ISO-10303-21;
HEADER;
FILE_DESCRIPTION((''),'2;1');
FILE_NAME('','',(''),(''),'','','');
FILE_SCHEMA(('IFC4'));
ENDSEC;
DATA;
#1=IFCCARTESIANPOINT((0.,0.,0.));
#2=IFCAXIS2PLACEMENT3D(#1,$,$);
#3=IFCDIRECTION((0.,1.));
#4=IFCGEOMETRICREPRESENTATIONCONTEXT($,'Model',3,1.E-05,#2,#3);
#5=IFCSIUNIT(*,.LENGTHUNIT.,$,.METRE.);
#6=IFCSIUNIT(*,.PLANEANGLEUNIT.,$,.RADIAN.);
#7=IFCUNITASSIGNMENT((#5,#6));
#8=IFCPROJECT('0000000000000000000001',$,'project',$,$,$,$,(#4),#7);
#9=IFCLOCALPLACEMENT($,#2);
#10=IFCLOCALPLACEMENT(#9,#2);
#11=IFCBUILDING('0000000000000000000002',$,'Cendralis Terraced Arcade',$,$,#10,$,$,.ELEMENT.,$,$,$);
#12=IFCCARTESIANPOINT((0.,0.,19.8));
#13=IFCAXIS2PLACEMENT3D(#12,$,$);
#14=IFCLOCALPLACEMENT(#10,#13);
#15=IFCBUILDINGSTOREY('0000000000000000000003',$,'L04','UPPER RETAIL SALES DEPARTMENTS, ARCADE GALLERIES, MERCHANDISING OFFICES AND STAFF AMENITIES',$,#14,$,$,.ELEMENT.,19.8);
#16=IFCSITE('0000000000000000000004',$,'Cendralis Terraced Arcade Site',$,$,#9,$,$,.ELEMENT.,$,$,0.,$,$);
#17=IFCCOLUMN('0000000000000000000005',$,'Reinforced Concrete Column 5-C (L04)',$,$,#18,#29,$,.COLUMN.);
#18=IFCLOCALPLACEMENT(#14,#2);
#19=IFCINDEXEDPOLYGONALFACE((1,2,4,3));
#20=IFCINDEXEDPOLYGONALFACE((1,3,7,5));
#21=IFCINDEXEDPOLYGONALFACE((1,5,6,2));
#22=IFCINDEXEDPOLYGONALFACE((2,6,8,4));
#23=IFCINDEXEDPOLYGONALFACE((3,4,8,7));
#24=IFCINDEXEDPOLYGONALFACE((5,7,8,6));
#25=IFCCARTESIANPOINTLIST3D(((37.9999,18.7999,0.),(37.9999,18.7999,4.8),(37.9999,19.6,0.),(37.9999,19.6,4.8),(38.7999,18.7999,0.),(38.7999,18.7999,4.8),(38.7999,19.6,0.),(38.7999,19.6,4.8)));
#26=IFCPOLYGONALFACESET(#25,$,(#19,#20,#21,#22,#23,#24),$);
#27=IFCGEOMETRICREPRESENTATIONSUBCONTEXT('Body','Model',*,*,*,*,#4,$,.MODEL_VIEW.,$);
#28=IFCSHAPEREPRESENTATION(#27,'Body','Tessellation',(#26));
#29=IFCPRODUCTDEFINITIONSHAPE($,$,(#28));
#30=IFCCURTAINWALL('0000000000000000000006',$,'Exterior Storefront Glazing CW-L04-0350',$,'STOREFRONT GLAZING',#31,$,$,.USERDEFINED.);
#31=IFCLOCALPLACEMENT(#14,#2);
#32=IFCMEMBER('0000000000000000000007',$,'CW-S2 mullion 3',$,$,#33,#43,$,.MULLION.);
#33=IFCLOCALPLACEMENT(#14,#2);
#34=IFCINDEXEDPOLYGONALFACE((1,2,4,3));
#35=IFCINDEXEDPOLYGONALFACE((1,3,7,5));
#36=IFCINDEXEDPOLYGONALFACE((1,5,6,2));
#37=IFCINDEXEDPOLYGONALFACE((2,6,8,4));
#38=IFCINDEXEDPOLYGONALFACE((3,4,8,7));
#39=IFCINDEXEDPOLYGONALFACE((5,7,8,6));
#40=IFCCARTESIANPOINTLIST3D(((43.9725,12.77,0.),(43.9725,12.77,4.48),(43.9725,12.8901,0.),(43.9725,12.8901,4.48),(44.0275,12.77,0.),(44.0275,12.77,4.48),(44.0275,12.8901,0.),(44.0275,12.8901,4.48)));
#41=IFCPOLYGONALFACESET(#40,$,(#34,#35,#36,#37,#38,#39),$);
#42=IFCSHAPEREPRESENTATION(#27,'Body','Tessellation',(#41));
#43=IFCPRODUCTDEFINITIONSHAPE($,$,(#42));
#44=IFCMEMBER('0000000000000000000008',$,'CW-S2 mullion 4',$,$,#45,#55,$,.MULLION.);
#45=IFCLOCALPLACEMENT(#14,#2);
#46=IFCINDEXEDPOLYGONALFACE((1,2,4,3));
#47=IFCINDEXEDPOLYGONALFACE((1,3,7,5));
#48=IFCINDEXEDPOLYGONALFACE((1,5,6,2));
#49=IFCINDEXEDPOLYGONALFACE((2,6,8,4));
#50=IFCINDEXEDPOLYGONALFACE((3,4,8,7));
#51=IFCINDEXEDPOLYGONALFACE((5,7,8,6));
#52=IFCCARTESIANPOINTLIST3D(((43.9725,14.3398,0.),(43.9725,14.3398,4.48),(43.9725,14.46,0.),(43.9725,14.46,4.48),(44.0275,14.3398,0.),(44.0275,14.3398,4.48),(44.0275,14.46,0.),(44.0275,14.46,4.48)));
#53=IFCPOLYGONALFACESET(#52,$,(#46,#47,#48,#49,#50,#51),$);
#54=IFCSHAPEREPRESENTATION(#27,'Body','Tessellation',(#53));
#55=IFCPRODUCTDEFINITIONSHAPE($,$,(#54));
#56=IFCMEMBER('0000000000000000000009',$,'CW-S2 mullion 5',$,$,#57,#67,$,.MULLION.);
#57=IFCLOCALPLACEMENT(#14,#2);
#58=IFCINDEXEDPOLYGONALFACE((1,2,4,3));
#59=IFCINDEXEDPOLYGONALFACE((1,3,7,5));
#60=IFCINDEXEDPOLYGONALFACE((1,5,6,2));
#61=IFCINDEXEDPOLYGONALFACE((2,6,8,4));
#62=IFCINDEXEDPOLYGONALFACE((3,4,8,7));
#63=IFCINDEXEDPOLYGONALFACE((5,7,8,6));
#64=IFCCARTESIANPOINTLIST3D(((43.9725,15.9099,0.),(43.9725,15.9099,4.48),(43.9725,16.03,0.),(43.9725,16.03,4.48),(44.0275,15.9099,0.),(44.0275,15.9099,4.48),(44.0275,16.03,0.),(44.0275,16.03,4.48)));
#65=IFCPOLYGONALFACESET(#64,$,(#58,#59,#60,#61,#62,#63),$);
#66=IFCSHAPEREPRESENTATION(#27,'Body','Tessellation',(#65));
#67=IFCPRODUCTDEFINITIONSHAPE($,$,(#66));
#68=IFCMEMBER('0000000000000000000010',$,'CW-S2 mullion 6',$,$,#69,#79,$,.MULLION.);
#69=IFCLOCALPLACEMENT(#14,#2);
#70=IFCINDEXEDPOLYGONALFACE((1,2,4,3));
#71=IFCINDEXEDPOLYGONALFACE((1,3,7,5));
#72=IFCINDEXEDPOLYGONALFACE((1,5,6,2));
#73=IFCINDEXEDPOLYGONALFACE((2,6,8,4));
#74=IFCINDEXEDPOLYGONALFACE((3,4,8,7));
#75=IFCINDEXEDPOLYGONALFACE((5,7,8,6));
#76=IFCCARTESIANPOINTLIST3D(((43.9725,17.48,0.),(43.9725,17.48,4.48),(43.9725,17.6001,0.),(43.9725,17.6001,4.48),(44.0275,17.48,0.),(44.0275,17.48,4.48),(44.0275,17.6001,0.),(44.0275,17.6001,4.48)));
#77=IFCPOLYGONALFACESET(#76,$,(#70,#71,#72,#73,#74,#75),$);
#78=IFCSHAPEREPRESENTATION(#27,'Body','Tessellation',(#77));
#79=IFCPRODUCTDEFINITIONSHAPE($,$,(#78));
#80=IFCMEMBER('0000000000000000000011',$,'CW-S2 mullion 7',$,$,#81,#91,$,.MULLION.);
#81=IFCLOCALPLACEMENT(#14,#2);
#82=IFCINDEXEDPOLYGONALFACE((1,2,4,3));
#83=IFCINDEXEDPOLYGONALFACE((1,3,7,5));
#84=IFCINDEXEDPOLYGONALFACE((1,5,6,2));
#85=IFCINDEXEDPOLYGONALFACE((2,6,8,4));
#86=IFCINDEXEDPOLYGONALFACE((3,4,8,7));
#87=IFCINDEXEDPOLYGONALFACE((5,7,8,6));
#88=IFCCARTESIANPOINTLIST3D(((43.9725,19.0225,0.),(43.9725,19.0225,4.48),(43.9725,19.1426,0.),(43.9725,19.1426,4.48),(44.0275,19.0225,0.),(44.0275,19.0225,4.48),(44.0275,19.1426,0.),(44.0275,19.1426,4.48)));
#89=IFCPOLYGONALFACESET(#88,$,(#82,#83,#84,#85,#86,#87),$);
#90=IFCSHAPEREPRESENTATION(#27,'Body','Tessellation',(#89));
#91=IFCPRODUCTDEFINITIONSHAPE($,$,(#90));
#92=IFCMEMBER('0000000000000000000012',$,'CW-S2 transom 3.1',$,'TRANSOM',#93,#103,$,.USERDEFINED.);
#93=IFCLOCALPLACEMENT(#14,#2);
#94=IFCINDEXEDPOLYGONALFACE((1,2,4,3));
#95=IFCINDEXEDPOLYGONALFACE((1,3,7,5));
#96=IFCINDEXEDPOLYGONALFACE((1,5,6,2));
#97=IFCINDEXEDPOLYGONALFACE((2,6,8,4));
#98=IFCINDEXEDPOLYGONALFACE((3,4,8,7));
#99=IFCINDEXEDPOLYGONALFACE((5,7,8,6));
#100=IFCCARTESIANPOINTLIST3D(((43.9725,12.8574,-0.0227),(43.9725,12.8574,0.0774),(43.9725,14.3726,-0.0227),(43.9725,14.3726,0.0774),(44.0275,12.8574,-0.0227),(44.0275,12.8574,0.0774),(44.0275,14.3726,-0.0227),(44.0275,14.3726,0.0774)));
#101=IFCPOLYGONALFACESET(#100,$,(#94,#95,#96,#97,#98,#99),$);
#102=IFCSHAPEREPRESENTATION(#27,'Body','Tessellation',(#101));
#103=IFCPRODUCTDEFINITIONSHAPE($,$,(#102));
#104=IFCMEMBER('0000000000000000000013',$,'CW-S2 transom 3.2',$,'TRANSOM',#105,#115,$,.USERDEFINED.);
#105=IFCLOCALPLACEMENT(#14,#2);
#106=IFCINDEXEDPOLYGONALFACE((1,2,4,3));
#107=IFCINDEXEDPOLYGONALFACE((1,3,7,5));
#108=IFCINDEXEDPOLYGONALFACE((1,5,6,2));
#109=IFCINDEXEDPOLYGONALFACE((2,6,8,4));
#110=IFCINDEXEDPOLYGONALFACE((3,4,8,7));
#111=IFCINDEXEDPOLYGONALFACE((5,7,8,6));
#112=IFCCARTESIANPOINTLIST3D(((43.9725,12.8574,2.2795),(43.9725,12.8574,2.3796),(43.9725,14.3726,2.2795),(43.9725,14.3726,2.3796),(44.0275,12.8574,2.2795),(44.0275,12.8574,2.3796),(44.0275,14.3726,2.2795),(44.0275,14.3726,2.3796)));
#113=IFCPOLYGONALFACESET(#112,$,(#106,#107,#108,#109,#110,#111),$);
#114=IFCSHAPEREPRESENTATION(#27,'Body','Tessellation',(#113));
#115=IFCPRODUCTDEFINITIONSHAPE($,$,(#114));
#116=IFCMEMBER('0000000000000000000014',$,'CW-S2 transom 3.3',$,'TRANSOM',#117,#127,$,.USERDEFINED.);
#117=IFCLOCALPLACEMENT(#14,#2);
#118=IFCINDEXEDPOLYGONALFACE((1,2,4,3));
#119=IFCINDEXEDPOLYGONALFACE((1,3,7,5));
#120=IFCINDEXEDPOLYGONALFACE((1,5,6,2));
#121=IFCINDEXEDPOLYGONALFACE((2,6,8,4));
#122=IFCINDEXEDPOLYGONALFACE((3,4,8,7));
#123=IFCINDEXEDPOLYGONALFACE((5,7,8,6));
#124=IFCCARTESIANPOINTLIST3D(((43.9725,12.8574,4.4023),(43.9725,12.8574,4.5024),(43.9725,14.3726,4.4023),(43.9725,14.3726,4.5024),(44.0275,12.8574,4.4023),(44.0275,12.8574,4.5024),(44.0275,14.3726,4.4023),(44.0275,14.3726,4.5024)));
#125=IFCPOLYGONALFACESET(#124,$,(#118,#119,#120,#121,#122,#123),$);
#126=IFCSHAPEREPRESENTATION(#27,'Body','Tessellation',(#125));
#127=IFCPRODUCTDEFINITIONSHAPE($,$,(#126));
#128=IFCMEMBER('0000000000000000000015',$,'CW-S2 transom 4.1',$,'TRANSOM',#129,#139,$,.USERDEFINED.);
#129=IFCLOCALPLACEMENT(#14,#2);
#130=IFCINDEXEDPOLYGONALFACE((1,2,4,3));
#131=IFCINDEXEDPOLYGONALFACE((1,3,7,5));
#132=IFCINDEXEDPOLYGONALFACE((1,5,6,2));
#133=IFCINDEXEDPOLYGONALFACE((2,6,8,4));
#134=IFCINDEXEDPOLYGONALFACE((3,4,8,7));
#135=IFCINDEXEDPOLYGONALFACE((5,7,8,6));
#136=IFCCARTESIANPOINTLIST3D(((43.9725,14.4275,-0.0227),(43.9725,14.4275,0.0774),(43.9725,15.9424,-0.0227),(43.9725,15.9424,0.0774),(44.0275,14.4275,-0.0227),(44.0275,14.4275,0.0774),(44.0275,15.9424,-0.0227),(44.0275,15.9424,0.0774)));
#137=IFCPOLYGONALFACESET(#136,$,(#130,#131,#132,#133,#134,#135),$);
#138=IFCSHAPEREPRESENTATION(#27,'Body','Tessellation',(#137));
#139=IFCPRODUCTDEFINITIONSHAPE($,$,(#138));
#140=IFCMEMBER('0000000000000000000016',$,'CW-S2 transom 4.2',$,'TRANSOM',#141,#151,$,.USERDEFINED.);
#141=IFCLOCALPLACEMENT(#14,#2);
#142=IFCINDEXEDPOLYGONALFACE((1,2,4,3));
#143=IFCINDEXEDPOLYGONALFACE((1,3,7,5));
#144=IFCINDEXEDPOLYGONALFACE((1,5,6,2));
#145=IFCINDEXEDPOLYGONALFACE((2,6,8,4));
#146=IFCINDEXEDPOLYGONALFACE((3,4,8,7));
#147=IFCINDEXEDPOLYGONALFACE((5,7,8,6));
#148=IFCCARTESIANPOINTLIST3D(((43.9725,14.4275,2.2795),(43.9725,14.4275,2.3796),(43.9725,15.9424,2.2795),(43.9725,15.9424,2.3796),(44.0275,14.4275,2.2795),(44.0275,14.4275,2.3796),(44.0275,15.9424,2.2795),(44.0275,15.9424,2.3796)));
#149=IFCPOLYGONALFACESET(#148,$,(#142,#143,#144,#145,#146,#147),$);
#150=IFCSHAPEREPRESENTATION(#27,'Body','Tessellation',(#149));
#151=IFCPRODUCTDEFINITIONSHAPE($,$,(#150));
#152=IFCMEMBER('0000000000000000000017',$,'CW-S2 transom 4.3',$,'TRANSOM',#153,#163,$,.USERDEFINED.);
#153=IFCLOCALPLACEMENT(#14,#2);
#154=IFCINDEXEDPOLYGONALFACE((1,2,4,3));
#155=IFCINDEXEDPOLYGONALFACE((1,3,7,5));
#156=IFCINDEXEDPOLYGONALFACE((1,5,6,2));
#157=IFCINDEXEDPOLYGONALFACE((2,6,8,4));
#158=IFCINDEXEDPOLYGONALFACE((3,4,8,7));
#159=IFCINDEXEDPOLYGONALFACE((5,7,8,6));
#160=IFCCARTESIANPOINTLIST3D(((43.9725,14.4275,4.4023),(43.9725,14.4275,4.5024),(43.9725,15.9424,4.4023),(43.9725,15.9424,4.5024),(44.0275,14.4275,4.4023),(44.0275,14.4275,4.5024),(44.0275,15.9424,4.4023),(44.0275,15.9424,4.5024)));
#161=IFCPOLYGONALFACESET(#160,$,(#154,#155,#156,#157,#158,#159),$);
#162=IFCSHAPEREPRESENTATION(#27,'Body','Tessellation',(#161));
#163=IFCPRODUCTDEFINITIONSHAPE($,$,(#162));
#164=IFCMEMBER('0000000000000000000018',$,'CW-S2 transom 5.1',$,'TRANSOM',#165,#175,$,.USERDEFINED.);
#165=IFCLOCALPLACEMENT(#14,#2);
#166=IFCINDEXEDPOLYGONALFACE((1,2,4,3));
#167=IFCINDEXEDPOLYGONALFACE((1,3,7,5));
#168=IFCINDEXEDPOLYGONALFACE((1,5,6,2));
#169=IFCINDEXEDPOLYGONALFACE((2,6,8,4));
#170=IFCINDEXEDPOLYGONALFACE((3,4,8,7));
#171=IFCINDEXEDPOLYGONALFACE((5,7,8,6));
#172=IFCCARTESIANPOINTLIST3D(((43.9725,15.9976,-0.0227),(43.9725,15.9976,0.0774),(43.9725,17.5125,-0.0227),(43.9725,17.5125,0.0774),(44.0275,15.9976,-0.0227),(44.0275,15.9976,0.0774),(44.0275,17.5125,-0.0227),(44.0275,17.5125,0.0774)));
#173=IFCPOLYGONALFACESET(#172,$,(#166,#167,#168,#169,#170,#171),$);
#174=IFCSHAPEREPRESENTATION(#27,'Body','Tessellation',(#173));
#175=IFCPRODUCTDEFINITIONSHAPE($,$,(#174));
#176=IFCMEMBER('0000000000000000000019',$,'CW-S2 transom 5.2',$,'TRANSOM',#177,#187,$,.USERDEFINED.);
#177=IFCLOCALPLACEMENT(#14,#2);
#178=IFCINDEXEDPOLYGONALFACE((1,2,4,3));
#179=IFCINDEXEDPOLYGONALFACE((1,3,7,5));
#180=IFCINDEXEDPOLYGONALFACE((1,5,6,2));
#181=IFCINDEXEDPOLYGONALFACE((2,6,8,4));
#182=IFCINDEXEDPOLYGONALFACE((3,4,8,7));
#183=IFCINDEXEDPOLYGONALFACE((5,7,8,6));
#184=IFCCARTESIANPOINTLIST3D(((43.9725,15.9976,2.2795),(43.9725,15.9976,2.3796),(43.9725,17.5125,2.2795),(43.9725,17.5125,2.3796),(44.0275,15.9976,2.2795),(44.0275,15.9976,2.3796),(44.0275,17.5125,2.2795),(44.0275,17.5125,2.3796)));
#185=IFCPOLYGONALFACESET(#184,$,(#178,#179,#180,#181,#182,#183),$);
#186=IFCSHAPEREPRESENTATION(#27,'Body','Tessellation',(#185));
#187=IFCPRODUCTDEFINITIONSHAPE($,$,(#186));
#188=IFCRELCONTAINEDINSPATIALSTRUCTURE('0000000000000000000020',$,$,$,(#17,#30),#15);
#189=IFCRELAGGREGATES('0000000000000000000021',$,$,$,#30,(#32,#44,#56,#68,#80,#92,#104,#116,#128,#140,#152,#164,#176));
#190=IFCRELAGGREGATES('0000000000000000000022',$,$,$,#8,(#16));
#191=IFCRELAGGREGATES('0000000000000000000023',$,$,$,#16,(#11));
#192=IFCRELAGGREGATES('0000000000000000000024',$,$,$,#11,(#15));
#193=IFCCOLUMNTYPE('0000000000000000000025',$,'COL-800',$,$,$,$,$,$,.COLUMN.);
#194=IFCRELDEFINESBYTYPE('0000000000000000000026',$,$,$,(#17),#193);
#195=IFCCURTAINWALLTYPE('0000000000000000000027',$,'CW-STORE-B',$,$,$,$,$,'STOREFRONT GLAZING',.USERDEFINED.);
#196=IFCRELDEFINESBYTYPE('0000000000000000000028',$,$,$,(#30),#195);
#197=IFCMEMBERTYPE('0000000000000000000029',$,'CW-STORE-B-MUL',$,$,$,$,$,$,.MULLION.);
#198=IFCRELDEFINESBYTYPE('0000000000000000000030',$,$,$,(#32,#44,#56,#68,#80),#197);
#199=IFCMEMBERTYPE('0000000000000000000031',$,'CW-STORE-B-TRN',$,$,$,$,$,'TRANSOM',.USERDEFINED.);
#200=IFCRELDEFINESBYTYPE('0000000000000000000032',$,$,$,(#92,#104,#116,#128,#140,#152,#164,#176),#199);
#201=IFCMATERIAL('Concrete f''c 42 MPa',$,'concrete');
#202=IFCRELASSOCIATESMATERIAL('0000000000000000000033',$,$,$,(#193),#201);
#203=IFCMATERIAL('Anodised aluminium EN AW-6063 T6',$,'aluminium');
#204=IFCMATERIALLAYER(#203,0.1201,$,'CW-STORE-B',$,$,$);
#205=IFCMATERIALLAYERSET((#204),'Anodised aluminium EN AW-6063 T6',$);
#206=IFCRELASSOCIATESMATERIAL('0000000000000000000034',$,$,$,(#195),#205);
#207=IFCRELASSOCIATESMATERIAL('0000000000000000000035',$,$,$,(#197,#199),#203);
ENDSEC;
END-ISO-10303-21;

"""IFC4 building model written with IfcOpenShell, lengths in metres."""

from ifc_helpers import new_model, si_unit, direction, frame, origin, origin_2d, place, context, subcontext, project, spatial, rectangle, extrude, material, layer, layer_set, material_profile, profile_set, type_object, element, aggregate, save


model = new_model("IFC4")

# Units and contexts
model_context = context("Model", 3, precision=1e-05, world=origin(), true_north=direction((0.0, 1.0)))
body_context = subcontext(model_context, "Body", "Model", "MODEL_VIEW")
ifc_project = project(units=[si_unit("LENGTHUNIT", "METRE"), si_unit("PLANEANGLEUNIT", "RADIAN")], contexts=[model_context])

# Site, building, storey
site_placement = place(None, origin())
site = spatial("IfcSite", under=ifc_project, at=site_placement, Name="Cendralis Terraced Arcade Site", CompositionType="ELEMENT", RefElevation=0.0)
building_placement = place(site_placement, origin())
building = spatial("IfcBuilding", under=site, at=building_placement, Name="Cendralis Terraced Arcade", CompositionType="ELEMENT")
storey_placement = place(building_placement, frame((0.0, 0.0, 19.8)))
storey = spatial("IfcBuildingStorey", under=building, at=storey_placement, Name="L04", Description="UPPER RETAIL SALES DEPARTMENTS, ARCADE GALLERIES, MERCHANDISING OFFICES AND STAFF AMENITIES", CompositionType="ELEMENT", Elevation=19.8)

# Column
ifc_material_1 = material(Name="Concrete f'c 42 MPa", Category="concrete")
ifc_material_profile_1 = material_profile(ifc_material_1, rectangle(XDim=0.8, YDim=0.8, at=origin_2d()), Name="RC-COL-800x800", Category="LoadBearing")
ifc_profile_set_1 = profile_set([ifc_material_profile_1], Name="Concrete f'c 42 MPa")
column_type = type_object("IfcColumnType", Name="COL-800", PredefinedType="COLUMN", material=ifc_profile_set_1)
column_placement = place(storey_placement, frame((38.3999, 19.2, 0.0), z_axis=(0.0, 0.0, 1.0), x_axis=(1.0, 0.0, 0.0)))
element("IfcColumn", 1, at=column_placement, inside=storey, type_object=column_type, Name="Reinforced Concrete Column 5-C (L04)", PredefinedType="COLUMN", context=body_context, shape_type="SweptSolid", body=[
    extrude(rectangle(XDim=0.8, YDim=0.8, at=origin_2d()), origin(), (0.0, 0.0, 1.0), 4.8),
])

# Curtain wall, members
ifc_material_2 = material(Name="Anodised aluminium EN AW-6063 T6", Category="aluminium")
ifc_layer_1 = layer(ifc_material_2, 0.1201, Name="CW-STORE-B")
ifc_layer_set_1 = layer_set([ifc_layer_1], Name="Anodised aluminium EN AW-6063 T6")
curtain_wall_type = type_object("IfcCurtainWallType", Name="CW-STORE-B", ElementType="STOREFRONT GLAZING", PredefinedType="USERDEFINED", material=ifc_layer_set_1)
curtain_wall_placement = place(storey_placement, origin())
curtain_wall = element("IfcCurtainWall", 2, at=curtain_wall_placement, inside=storey, type_object=curtain_wall_type, Name="Exterior Storefront Glazing CW-L04-0350", ObjectType="STOREFRONT GLAZING", PredefinedType="USERDEFINED")
ifc_material_profile_2 = material_profile(ifc_material_2, rectangle(XDim=0.0549, YDim=0.1201, at=origin_2d()), Name="ALU-MUL-55x120")
ifc_profile_set_2 = profile_set([ifc_material_profile_2], Name="Anodised aluminium EN AW-6063 T6")
member_type_1 = type_object("IfcMemberType", Name="CW-STORE-B-MUL", PredefinedType="MULLION", material=ifc_profile_set_2)
member_1_placement = place(storey_placement, frame((44.0, 12.8301, 0.0), z_axis=(0.0, 0.0, 1.0), x_axis=(-1.0, 0.0, 0.0)))
member_1 = element("IfcMember", 3, at=member_1_placement, type_object=member_type_1, Name="CW-S2 mullion 3", PredefinedType="MULLION", context=body_context, shape_type="SweptSolid", body=[
    extrude(rectangle(XDim=0.0549, YDim=0.1201, at=origin_2d()), origin(), (0.0, 0.0, 1.0), 4.48),
])
member_2_placement = place(storey_placement, frame((44.0, 14.3999, 0.0), z_axis=(0.0, 0.0, 1.0), x_axis=(-1.0, 0.0, 0.0)))
member_2 = element("IfcMember", 4, at=member_2_placement, type_object=member_type_1, Name="CW-S2 mullion 4", PredefinedType="MULLION", context=body_context, shape_type="SweptSolid", body=[
    extrude(rectangle(XDim=0.0549, YDim=0.1201, at=origin_2d()), origin(), (0.0, 0.0, 1.0), 4.48),
])
member_3_placement = place(storey_placement, frame((44.0, 15.97, 0.0), z_axis=(0.0, 0.0, 1.0), x_axis=(-1.0, 0.0, 0.0)))
member_3 = element("IfcMember", 5, at=member_3_placement, type_object=member_type_1, Name="CW-S2 mullion 5", PredefinedType="MULLION", context=body_context, shape_type="SweptSolid", body=[
    extrude(rectangle(XDim=0.0549, YDim=0.1201, at=origin_2d()), origin(), (0.0, 0.0, 1.0), 4.48),
])
member_4_placement = place(storey_placement, frame((44.0, 17.54, 0.0), z_axis=(0.0, 0.0, 1.0), x_axis=(-1.0, 0.0, 0.0)))
member_4 = element("IfcMember", 6, at=member_4_placement, type_object=member_type_1, Name="CW-S2 mullion 6", PredefinedType="MULLION", context=body_context, shape_type="SweptSolid", body=[
    extrude(rectangle(XDim=0.0549, YDim=0.1201, at=origin_2d()), origin(), (0.0, 0.0, 1.0), 4.48),
])
member_5_placement = place(storey_placement, frame((44.0, 19.0825, 0.0), z_axis=(0.0, 0.0, 1.0), x_axis=(-1.0, 0.0, 0.0)))
member_5 = element("IfcMember", 7, at=member_5_placement, type_object=member_type_1, Name="CW-S2 mullion 7", PredefinedType="MULLION", context=body_context, shape_type="SweptSolid", body=[
    extrude(rectangle(XDim=0.0549, YDim=0.1201, at=origin_2d()), origin(), (0.0, 0.0, 1.0), 4.48),
])
ifc_material_profile_3 = material_profile(ifc_material_2, rectangle(XDim=0.0549, YDim=0.1001, at=origin_2d()), Name="ALU-TRN-55x100")
ifc_profile_set_3 = profile_set([ifc_material_profile_3], Name="Anodised aluminium EN AW-6063 T6")
member_type_2 = type_object("IfcMemberType", Name="CW-STORE-B-TRN", ElementType="TRANSOM", PredefinedType="USERDEFINED", material=ifc_profile_set_3)
member_6_placement = place(storey_placement, frame((44.0, 12.8574, 0.0273), z_axis=(0.0, 1.0, 0.0), x_axis=(-1.0, 0.0, 0.0)))
member_6 = element("IfcMember", 8, at=member_6_placement, type_object=member_type_2, Name="CW-S2 transom 3.1", ObjectType="TRANSOM", PredefinedType="USERDEFINED", context=body_context, shape_type="SweptSolid", body=[
    extrude(rectangle(XDim=0.0549, YDim=0.1001, at=origin_2d()), origin(), (0.0, 0.0, 1.0), 1.5151),
])
member_7_placement = place(storey_placement, frame((44.0, 12.8574, 2.3296), z_axis=(0.0, 1.0, 0.0), x_axis=(-1.0, 0.0, 0.0)))
member_7 = element("IfcMember", 9, at=member_7_placement, type_object=member_type_2, Name="CW-S2 transom 3.2", ObjectType="TRANSOM", PredefinedType="USERDEFINED", context=body_context, shape_type="SweptSolid", body=[
    extrude(rectangle(XDim=0.0549, YDim=0.1001, at=origin_2d()), origin(), (0.0, 0.0, 1.0), 1.5151),
])
member_8_placement = place(storey_placement, frame((44.0, 12.8574, 4.4524), z_axis=(0.0, 1.0, 0.0), x_axis=(-1.0, 0.0, 0.0)))
member_8 = element("IfcMember", 10, at=member_8_placement, type_object=member_type_2, Name="CW-S2 transom 3.3", ObjectType="TRANSOM", PredefinedType="USERDEFINED", context=body_context, shape_type="SweptSolid", body=[
    extrude(rectangle(XDim=0.0549, YDim=0.1001, at=origin_2d()), origin(), (0.0, 0.0, 1.0), 1.5151),
])
member_9_placement = place(storey_placement, frame((44.0, 14.4275, 0.0273), z_axis=(0.0, 1.0, 0.0), x_axis=(-1.0, 0.0, 0.0)))
member_9 = element("IfcMember", 11, at=member_9_placement, type_object=member_type_2, Name="CW-S2 transom 4.1", ObjectType="TRANSOM", PredefinedType="USERDEFINED", context=body_context, shape_type="SweptSolid", body=[
    extrude(rectangle(XDim=0.0549, YDim=0.1001, at=origin_2d()), origin(), (0.0, 0.0, 1.0), 1.5149),
])
member_10_placement = place(storey_placement, frame((44.0, 14.4275, 2.3296), z_axis=(0.0, 1.0, 0.0), x_axis=(-1.0, 0.0, 0.0)))
member_10 = element("IfcMember", 12, at=member_10_placement, type_object=member_type_2, Name="CW-S2 transom 4.2", ObjectType="TRANSOM", PredefinedType="USERDEFINED", context=body_context, shape_type="SweptSolid", body=[
    extrude(rectangle(XDim=0.0549, YDim=0.1001, at=origin_2d()), origin(), (0.0, 0.0, 1.0), 1.5149),
])
member_11_placement = place(storey_placement, frame((44.0, 14.4275, 4.4524), z_axis=(0.0, 1.0, 0.0), x_axis=(-1.0, 0.0, 0.0)))
member_11 = element("IfcMember", 13, at=member_11_placement, type_object=member_type_2, Name="CW-S2 transom 4.3", ObjectType="TRANSOM", PredefinedType="USERDEFINED", context=body_context, shape_type="SweptSolid", body=[
    extrude(rectangle(XDim=0.0549, YDim=0.1001, at=origin_2d()), origin(), (0.0, 0.0, 1.0), 1.5149),
])
member_12_placement = place(storey_placement, frame((44.0, 15.9976, 0.0273), z_axis=(0.0, 1.0, 0.0), x_axis=(-1.0, 0.0, 0.0)))
member_12 = element("IfcMember", 14, at=member_12_placement, type_object=member_type_2, Name="CW-S2 transom 5.1", ObjectType="TRANSOM", PredefinedType="USERDEFINED", context=body_context, shape_type="SweptSolid", body=[
    extrude(rectangle(XDim=0.0549, YDim=0.1001, at=origin_2d()), origin(), (0.0, 0.0, 1.0), 1.5149),
])
member_13_placement = place(storey_placement, frame((44.0, 15.9976, 2.3296), z_axis=(0.0, 1.0, 0.0), x_axis=(-1.0, 0.0, 0.0)))
member_13 = element("IfcMember", 15, at=member_13_placement, type_object=member_type_2, Name="CW-S2 transom 5.2", ObjectType="TRANSOM", PredefinedType="USERDEFINED", context=body_context, shape_type="SweptSolid", body=[
    extrude(rectangle(XDim=0.0549, YDim=0.1001, at=origin_2d()), origin(), (0.0, 0.0, 1.0), 1.5149),
])
aggregate(curtain_wall, [member_1, member_2, member_3, member_4, member_5, member_6, member_7, member_8, member_9, member_10, member_11, member_12, member_13])

save(model, "model.ifc")
